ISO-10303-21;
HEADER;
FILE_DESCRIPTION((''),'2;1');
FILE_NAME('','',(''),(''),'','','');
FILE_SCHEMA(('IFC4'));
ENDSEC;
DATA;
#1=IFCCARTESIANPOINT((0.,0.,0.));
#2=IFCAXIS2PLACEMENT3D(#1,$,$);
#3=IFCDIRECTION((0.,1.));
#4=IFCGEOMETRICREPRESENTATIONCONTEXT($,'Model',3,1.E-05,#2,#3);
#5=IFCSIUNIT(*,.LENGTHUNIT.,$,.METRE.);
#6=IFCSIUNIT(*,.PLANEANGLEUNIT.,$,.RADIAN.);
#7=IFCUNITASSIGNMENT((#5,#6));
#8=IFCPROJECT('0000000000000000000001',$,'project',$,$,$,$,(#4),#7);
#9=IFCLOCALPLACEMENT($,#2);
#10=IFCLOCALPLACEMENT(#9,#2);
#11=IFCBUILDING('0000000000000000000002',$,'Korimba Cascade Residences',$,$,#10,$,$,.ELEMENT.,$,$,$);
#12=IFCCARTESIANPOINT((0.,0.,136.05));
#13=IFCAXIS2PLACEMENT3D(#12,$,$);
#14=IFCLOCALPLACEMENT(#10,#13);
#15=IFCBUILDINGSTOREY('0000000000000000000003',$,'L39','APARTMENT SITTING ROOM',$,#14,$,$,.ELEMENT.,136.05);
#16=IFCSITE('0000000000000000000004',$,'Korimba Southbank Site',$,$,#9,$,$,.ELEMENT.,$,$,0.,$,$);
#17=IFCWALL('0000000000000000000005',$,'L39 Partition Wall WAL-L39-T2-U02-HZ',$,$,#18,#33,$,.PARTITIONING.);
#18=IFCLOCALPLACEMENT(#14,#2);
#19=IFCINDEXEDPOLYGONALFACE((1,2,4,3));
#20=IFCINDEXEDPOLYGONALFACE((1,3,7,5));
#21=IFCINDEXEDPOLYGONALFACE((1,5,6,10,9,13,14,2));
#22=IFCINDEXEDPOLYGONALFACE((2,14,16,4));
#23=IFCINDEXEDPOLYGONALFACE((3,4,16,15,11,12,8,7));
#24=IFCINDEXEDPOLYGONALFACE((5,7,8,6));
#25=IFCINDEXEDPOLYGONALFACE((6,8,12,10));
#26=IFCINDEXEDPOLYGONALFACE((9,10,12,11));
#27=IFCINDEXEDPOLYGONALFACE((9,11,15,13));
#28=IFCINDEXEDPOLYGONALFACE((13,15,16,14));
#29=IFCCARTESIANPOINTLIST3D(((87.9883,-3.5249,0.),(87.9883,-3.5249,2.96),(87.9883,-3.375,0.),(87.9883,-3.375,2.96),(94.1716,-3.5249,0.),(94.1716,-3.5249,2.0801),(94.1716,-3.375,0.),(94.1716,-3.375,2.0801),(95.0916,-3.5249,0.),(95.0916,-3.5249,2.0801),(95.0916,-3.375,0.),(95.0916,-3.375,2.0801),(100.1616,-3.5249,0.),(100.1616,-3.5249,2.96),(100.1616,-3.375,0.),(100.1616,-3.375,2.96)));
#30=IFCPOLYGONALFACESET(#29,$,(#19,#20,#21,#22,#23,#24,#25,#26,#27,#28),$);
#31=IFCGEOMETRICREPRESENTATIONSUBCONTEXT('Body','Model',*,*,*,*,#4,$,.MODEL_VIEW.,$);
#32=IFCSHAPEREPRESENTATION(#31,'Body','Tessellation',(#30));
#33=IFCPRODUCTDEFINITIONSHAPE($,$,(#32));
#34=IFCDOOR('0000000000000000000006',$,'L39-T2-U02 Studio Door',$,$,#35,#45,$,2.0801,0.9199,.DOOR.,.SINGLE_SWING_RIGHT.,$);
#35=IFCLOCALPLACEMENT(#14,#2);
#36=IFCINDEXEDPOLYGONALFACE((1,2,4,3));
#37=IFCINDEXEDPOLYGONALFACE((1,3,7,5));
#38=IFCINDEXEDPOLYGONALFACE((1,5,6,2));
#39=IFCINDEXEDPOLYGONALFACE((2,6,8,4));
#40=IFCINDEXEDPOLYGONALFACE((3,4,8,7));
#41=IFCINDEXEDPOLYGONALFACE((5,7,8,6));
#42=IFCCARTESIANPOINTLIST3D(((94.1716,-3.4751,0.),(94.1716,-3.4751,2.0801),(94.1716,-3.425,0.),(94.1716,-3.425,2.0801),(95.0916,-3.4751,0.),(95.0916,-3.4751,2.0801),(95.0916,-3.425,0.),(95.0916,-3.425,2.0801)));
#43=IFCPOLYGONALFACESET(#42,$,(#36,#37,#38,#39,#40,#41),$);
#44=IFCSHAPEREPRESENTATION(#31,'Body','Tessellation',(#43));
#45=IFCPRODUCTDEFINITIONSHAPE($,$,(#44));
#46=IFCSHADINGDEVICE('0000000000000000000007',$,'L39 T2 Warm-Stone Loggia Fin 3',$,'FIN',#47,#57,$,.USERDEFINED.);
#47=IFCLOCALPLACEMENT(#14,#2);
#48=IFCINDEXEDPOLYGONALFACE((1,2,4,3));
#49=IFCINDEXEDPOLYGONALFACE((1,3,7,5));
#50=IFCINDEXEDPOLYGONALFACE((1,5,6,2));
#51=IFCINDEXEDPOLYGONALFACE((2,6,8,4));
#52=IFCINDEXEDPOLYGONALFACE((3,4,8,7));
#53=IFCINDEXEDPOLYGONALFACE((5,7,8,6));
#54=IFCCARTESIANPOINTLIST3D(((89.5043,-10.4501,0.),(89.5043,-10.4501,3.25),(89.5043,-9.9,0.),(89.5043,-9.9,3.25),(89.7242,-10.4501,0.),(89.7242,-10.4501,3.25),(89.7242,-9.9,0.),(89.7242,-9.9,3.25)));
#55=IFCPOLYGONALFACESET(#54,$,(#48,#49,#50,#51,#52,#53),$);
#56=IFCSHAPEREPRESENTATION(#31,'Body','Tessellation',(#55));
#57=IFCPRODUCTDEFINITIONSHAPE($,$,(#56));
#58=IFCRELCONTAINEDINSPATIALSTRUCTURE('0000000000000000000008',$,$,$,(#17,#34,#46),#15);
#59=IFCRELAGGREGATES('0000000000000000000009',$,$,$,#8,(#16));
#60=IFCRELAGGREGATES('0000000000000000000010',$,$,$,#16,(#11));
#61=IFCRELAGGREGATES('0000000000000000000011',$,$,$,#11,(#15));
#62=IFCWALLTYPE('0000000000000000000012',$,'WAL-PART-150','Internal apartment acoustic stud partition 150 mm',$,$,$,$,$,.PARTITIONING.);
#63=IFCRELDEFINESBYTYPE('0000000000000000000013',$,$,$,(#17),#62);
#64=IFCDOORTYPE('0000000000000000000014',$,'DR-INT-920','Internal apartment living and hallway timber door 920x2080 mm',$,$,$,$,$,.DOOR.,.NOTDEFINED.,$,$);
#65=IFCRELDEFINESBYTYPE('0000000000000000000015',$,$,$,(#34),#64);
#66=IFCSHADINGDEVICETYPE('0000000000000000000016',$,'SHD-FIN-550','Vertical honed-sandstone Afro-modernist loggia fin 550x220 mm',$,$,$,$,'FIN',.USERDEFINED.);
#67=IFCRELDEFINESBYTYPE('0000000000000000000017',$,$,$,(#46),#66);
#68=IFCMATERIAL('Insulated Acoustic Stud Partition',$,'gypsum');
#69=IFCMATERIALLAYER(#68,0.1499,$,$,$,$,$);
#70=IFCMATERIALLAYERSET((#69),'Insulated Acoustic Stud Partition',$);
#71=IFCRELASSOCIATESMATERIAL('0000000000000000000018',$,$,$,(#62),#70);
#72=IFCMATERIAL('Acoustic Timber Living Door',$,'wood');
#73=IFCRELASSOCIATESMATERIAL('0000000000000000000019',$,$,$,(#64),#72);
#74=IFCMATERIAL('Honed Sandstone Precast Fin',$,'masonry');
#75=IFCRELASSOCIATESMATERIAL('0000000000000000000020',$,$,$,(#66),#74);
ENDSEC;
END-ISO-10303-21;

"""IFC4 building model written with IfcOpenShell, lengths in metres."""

from ifc_helpers import new_model, si_unit, direction, frame, frame_2d, origin, origin_2d, place, context, subcontext, project, spatial, rectangle, extrude, material, layer, layer_set, type_object, element, fill, save


model = new_model("IFC4")

# Units and contexts
model_context = context("Model", 3, precision=1e-05, world=origin(), true_north=direction((0.0, 1.0)))
body_context = subcontext(model_context, "Body", "Model", "MODEL_VIEW")
ifc_project = project(units=[si_unit("LENGTHUNIT", "METRE"), si_unit("PLANEANGLEUNIT", "RADIAN")], contexts=[model_context])

# Site, building, storey
site_placement = place(None, origin())
site = spatial("IfcSite", under=ifc_project, at=site_placement, Name="Korimba Southbank Site", CompositionType="ELEMENT", RefElevation=0.0)
building_placement = place(site_placement, origin())
building = spatial("IfcBuilding", under=site, at=building_placement, Name="Korimba Cascade Residences", CompositionType="ELEMENT")
storey_placement = place(building_placement, frame((0.0, 0.0, 136.05)))
storey = spatial("IfcBuildingStorey", under=building, at=storey_placement, Name="L39", Description="APARTMENT SITTING ROOM", CompositionType="ELEMENT", Elevation=136.05)

# Shared definitions
ifc_material_1 = material(Name="Insulated Acoustic Stud Partition", Category="gypsum")
ifc_layer_1 = layer(ifc_material_1, 0.1499)
ifc_layer_set_1 = layer_set([ifc_layer_1], Name="Insulated Acoustic Stud Partition")
wall_type_1 = type_object("IfcWallType", Name="WAL-PART-150", Description="Internal apartment acoustic stud partition 150 mm", PredefinedType="PARTITIONING", material=ifc_layer_set_1)

# Wall, opening, door
ifc_material_2 = material(Name="Acoustic Timber Living Door", Category="wood")
door_type_1 = type_object("IfcDoorType", Name="DR-INT-920", Description="Internal apartment living and hallway timber door 920x2080 mm", OperationType="NOTDEFINED", PredefinedType="DOOR", material=ifc_material_2)
wall_1_placement = place(storey_placement, frame((87.9883, -3.45, 0.0), z_axis=(0.0, 0.0, 1.0), x_axis=(1.0, 0.0, 0.0)))
wall_1 = element("IfcWall", 1, at=wall_1_placement, inside=storey, type_object=wall_type_1, Name="L39 Partition Wall WAL-L39-T2-U02-HZ", PredefinedType="PARTITIONING", context=body_context, shape_type="SweptSolid", body=[
    extrude(rectangle(XDim=12.1733, YDim=0.1499, at=frame_2d((6.0867, 0.0))), origin(), (0.0, 0.0, 1.0), 2.96),
])
opening_1_placement = place(wall_1_placement, frame((6.1833, 0.0, 0.0)))
opening_1 = element("IfcOpeningElement", 2, at=opening_1_placement, cuts=wall_1, PredefinedType="OPENING", context=body_context, shape_type="SweptSolid", body=[
    extrude(rectangle(XDim=0.9199, YDim=2.0801, at=frame_2d((0.46, 1.04))), frame((0.0, 0.085, 0.0), z_axis=(0.0, -1.0, 0.0), x_axis=(1.0, 0.0, 0.0)), (0.0, 0.0, 1.0), 0.1699),
])
door_1_placement = place(opening_1_placement, origin())
door_1 = element("IfcDoor", 3, at=door_1_placement, inside=storey, type_object=door_type_1, Name="L39-T2-U02 Studio Door", OperationType="SINGLE_SWING_RIGHT", OverallHeight=2.0801, OverallWidth=0.9199, PredefinedType="DOOR", context=body_context, shape_type="SweptSolid", body=[
    extrude(rectangle(XDim=0.9199, YDim=2.0801, at=frame_2d((0.46, 1.04))), frame((0.0, 0.0249, 0.0), z_axis=(0.0, -1.0, 0.0), x_axis=(1.0, 0.0, 0.0)), (0.0, 0.0, 1.0), 0.05),
])
fill(opening_1, door_1)

# Shading device
ifc_material_3 = material(Name="Honed Sandstone Precast Fin", Category="masonry")
shading_device_type = type_object("IfcShadingDeviceType", Name="SHD-FIN-550", Description="Vertical honed-sandstone Afro-modernist loggia fin 550x220 mm", ElementType="FIN", PredefinedType="USERDEFINED", material=ifc_material_3)
shading_device_placement = place(storey_placement, frame((89.6143, -10.175, 0.0), z_axis=(0.0, 0.0, 1.0), x_axis=(1.0, 0.0, 0.0)))
element("IfcShadingDevice", 4, at=shading_device_placement, inside=storey, type_object=shading_device_type, Name="L39 T2 Warm-Stone Loggia Fin 3", ObjectType="FIN", PredefinedType="USERDEFINED", context=body_context, shape_type="SweptSolid", body=[
    extrude(rectangle(XDim=0.22, YDim=0.55, at=origin_2d()), origin(), (0.0, 0.0, 1.0), 3.25),
])

save(model, "model.ifc")
